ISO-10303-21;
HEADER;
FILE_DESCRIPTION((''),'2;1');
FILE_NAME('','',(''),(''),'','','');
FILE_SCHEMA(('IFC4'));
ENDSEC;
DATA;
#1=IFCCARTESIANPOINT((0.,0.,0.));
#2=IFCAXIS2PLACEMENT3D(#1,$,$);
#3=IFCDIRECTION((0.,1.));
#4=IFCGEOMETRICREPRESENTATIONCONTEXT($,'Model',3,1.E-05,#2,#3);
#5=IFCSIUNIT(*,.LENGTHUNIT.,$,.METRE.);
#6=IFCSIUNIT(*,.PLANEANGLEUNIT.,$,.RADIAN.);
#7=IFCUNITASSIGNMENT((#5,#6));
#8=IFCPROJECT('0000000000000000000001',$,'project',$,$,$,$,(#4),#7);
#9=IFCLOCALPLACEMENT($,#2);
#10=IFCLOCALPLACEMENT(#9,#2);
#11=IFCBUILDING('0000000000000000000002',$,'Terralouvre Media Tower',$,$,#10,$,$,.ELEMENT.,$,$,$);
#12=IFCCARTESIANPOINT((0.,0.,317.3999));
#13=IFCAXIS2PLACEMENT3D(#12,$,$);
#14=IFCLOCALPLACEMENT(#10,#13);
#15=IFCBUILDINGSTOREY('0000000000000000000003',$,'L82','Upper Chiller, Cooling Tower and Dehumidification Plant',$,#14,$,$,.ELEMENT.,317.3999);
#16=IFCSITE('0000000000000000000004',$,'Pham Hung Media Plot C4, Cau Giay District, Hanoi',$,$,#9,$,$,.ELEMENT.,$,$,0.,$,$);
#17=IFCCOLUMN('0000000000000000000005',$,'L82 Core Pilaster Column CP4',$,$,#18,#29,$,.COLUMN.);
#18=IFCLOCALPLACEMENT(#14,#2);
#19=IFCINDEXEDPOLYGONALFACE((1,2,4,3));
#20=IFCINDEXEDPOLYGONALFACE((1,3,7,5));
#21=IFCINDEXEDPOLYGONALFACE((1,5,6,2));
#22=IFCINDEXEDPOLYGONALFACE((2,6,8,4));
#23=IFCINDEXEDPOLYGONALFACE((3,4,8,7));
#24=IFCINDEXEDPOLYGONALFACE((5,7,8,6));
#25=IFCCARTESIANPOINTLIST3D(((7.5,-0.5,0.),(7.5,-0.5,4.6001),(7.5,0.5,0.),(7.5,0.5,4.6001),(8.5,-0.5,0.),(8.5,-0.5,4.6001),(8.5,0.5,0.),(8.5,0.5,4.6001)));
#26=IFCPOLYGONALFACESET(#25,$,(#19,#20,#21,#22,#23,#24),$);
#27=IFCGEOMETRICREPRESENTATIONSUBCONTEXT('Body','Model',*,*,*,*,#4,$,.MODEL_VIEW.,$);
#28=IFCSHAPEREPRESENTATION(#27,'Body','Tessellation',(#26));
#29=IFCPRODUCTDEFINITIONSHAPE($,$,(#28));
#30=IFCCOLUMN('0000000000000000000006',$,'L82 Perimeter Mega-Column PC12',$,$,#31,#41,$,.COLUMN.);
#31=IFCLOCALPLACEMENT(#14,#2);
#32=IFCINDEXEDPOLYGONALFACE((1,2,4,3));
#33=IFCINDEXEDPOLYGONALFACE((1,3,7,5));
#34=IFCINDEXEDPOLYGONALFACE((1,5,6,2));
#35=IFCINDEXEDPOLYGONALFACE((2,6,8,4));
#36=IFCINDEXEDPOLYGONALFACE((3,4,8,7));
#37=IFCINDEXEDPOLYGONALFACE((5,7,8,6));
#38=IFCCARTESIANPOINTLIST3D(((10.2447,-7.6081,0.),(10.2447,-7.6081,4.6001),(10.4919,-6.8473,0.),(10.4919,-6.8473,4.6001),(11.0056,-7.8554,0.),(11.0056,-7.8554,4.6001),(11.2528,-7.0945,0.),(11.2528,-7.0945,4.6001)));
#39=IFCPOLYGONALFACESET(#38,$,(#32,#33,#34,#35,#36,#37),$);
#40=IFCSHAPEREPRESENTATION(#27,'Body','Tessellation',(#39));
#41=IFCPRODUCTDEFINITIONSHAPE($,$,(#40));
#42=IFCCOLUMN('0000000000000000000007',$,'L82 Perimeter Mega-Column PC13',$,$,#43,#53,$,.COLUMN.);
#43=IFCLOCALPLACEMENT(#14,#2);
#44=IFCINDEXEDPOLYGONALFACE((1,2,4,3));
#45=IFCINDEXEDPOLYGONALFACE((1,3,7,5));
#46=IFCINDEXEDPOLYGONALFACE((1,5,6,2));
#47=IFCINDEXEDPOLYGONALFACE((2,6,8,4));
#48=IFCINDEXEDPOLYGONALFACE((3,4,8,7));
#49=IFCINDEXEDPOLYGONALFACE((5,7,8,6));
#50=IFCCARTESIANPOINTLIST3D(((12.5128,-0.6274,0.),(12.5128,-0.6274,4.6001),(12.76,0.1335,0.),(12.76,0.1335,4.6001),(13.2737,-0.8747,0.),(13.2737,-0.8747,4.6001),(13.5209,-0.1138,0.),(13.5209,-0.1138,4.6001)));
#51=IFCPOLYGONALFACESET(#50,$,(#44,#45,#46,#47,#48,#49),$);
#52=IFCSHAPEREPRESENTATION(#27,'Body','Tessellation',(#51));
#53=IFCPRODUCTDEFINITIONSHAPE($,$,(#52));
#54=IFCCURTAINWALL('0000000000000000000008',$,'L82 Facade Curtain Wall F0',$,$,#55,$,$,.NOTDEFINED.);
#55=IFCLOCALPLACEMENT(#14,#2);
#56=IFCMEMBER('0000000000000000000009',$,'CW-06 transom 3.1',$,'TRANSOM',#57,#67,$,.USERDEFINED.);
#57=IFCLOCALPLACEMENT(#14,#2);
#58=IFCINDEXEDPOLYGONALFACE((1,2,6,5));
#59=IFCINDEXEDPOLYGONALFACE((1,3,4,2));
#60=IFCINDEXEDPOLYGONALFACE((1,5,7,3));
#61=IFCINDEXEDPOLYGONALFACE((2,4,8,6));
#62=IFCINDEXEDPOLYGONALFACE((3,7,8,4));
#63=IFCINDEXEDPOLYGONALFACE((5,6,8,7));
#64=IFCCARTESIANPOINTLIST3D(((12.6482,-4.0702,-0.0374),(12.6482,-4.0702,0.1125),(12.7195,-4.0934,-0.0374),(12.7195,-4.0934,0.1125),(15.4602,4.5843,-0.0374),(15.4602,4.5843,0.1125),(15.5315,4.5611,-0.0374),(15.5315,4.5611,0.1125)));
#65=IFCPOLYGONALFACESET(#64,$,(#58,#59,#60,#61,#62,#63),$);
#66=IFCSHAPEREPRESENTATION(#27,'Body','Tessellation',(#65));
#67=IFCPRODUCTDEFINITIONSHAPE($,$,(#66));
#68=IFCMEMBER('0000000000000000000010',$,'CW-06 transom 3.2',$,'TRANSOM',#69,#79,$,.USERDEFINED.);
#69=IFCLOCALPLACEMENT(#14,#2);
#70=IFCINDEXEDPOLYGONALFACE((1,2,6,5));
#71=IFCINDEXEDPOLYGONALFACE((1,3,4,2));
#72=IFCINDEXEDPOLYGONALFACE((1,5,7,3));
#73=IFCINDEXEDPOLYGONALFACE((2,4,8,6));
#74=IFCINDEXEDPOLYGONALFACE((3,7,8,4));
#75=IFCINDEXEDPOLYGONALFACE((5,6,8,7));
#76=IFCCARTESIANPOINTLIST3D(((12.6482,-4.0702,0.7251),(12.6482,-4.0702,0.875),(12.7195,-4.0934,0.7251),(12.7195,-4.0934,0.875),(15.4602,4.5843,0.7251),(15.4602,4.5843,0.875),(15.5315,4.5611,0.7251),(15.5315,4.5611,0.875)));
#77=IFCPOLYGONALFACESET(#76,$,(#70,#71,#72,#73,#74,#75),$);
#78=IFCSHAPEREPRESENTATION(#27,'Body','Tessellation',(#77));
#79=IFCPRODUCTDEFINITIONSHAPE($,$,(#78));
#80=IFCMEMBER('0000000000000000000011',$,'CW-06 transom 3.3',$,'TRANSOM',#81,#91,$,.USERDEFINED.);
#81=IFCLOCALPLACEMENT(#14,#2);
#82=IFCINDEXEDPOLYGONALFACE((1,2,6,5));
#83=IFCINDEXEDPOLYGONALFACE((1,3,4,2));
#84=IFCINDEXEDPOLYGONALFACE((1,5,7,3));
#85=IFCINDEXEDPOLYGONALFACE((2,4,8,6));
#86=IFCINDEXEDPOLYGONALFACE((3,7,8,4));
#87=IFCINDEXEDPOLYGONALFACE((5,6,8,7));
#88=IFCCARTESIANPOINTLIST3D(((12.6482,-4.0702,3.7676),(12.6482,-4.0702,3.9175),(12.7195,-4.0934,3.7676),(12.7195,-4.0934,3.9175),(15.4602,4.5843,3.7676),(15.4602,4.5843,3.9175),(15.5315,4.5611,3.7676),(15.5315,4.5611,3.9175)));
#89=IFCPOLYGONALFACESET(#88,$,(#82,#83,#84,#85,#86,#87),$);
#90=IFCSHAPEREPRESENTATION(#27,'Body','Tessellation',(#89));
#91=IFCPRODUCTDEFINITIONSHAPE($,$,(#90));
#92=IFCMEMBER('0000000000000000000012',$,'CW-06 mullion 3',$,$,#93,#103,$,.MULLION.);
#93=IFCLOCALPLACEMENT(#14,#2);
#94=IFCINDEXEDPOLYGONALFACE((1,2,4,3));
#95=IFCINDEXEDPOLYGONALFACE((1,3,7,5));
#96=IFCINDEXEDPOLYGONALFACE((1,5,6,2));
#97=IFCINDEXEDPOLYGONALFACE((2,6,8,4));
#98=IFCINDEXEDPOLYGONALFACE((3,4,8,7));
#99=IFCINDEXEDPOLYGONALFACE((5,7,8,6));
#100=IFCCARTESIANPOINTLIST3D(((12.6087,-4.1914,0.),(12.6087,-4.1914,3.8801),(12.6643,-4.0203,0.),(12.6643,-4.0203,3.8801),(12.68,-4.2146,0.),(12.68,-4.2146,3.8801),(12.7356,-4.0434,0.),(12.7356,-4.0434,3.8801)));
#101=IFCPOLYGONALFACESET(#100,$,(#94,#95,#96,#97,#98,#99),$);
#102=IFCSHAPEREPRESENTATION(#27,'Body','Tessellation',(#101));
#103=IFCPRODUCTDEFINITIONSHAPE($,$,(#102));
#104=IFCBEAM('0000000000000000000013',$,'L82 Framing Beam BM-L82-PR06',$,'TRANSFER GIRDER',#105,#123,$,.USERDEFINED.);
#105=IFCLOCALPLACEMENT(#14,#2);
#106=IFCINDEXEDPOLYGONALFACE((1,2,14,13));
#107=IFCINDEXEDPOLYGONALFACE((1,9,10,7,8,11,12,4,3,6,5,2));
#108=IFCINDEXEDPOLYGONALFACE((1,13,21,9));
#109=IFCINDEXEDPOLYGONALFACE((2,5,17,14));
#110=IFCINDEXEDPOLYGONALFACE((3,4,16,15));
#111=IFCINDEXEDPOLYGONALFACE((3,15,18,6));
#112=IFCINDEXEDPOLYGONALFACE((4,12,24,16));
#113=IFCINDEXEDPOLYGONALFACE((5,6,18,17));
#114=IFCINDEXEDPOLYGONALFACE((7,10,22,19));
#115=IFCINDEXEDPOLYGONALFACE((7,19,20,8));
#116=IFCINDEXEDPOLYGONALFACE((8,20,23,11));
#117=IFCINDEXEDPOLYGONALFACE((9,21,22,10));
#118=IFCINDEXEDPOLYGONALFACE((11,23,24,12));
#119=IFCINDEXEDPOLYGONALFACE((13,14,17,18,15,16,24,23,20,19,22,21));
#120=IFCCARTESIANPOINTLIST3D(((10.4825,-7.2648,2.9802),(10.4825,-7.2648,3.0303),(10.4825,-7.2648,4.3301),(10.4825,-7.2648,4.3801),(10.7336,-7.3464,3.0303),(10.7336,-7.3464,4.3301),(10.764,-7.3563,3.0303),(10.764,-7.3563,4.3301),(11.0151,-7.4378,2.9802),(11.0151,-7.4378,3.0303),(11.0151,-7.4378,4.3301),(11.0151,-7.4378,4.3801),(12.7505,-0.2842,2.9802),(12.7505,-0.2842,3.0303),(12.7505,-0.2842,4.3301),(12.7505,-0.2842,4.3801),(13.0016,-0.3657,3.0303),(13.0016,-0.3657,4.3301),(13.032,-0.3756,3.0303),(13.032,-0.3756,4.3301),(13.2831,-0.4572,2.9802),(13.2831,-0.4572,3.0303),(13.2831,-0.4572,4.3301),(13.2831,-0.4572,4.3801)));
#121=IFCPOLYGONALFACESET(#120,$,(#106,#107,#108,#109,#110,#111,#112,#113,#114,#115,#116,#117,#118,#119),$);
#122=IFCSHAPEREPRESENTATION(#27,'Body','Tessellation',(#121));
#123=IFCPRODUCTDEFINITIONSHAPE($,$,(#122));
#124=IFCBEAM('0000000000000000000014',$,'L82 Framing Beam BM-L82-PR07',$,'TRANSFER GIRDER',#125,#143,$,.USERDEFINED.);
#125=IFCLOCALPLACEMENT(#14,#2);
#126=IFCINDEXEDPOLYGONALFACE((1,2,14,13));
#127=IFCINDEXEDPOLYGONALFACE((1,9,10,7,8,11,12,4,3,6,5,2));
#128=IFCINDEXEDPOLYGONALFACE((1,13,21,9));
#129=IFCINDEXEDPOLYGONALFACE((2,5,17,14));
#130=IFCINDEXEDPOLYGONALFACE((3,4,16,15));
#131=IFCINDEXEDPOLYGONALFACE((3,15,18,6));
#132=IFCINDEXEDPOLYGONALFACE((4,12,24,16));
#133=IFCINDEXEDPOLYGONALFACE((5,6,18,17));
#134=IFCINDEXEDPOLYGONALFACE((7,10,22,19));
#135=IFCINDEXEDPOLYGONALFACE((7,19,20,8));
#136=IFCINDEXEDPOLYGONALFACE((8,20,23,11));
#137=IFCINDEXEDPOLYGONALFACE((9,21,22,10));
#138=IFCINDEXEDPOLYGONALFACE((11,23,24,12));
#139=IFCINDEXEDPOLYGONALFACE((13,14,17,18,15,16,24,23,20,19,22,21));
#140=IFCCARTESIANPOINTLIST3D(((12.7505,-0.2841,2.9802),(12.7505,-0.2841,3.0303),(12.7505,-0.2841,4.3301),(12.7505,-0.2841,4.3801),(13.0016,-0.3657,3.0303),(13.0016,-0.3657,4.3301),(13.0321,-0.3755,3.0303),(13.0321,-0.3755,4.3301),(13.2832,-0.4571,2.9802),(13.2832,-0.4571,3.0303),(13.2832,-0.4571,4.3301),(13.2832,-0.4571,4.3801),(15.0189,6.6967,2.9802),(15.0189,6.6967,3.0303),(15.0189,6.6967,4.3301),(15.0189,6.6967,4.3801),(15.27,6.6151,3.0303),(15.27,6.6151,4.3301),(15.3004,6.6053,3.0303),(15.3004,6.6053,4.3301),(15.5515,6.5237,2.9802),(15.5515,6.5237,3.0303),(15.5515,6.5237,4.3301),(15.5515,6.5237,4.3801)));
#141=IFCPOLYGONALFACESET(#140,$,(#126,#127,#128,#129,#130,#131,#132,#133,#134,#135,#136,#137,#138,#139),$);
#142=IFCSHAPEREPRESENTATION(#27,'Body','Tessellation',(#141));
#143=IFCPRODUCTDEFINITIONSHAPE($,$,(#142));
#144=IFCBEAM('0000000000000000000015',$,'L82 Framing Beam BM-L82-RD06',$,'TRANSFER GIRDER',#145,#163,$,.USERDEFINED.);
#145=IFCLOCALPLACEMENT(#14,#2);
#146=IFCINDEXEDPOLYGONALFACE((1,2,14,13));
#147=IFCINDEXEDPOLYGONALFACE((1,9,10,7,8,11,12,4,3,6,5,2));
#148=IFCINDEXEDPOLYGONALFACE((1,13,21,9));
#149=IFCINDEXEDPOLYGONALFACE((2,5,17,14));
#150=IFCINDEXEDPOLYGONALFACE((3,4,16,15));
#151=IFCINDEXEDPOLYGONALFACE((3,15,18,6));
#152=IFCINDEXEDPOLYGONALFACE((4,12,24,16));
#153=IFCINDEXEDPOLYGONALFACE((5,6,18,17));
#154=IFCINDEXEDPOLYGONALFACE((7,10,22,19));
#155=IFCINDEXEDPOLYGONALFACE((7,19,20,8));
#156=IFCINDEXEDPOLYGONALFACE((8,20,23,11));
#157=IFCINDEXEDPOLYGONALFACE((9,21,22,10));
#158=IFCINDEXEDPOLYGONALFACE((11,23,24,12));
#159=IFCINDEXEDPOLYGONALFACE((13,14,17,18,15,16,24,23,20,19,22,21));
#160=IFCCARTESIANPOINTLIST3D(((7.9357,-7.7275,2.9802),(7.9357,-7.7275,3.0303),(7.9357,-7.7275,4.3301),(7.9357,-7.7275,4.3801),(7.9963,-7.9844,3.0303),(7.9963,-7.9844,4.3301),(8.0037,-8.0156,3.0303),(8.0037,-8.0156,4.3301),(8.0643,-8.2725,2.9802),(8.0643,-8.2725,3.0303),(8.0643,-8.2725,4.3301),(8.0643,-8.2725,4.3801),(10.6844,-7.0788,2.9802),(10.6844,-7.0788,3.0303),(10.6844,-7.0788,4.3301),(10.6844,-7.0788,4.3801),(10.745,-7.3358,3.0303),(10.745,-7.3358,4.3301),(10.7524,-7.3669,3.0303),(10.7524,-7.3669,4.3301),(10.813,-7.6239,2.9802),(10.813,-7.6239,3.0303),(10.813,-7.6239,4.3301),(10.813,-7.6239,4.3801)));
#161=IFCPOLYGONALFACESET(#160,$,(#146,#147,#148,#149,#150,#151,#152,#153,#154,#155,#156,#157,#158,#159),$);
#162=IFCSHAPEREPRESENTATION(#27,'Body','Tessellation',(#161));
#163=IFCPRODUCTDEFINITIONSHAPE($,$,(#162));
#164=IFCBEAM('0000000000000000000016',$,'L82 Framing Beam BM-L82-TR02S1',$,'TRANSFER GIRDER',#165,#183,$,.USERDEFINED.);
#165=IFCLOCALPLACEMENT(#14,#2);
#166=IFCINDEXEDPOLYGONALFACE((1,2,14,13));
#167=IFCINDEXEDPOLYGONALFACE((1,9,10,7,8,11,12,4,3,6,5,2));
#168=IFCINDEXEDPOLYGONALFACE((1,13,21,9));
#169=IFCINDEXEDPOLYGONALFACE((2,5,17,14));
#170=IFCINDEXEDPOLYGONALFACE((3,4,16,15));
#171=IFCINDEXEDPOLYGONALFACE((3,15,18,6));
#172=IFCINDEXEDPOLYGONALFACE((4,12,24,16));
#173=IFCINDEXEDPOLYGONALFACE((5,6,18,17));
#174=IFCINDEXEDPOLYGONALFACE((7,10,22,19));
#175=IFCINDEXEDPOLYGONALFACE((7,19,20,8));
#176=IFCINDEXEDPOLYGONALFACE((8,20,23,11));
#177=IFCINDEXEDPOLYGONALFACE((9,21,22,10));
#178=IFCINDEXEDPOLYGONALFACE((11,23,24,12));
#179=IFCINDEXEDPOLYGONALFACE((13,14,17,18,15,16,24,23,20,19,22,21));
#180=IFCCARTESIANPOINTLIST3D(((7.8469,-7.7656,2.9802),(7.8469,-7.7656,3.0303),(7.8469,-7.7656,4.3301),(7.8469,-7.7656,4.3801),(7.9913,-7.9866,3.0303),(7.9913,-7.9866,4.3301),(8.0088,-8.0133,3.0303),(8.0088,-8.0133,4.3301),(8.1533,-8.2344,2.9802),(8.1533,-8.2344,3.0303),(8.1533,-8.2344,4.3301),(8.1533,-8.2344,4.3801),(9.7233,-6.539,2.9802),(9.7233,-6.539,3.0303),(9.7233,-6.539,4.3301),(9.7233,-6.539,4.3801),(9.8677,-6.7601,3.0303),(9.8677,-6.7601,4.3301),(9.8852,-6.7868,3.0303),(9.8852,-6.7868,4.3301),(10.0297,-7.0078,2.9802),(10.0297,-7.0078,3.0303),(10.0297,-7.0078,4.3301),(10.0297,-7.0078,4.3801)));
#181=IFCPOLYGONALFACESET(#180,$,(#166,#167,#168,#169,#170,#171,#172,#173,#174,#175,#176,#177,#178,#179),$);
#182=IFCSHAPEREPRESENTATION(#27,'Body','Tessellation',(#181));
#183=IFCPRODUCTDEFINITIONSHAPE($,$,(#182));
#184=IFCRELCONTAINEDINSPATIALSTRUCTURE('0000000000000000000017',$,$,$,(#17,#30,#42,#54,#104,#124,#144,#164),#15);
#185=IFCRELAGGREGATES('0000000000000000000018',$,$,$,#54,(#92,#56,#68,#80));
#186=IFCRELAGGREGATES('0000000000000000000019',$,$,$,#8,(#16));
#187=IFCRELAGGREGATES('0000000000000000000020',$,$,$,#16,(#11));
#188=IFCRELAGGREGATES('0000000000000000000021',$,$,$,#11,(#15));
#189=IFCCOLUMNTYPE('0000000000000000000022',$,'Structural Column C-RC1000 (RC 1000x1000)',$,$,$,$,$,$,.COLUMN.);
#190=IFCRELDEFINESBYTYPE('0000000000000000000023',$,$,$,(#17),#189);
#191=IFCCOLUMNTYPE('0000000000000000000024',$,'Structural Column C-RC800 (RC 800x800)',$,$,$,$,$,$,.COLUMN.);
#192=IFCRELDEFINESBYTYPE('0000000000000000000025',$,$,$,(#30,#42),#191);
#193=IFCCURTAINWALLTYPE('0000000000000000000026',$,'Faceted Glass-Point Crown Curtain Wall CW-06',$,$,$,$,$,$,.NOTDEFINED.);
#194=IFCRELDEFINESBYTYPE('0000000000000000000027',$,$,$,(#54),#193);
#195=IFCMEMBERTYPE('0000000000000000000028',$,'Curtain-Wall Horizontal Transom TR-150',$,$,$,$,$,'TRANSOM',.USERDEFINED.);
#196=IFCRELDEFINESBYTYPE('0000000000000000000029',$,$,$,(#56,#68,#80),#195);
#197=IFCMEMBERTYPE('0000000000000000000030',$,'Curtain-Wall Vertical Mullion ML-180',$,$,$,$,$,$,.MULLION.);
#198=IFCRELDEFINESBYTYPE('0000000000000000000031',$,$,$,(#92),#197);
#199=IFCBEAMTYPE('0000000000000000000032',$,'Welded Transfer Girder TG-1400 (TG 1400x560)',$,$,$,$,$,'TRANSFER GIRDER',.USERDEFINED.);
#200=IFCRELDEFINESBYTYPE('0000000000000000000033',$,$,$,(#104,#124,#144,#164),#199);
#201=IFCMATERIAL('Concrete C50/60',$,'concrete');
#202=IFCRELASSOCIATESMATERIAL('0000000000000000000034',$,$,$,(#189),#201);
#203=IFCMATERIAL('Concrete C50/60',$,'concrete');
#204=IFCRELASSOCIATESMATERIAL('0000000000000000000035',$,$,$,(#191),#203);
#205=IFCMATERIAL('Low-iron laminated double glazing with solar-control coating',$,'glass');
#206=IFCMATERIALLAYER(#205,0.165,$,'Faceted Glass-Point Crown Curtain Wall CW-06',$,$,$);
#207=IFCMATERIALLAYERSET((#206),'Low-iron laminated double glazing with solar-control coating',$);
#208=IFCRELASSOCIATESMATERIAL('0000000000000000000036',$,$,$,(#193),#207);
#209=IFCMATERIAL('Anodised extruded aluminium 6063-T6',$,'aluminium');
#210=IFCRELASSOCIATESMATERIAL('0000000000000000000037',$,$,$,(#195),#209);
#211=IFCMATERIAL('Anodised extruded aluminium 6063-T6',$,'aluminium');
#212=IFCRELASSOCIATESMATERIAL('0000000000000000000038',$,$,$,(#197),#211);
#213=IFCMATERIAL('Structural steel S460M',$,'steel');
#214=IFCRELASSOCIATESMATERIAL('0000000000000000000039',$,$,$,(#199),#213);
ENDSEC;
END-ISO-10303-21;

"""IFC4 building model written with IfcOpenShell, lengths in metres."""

from ifc_helpers import new_model, si_unit, direction, frame, origin, origin_2d, place, context, subcontext, project, spatial, rectangle, i_section, extrude, material, layer, layer_set, material_profile, profile_set, type_object, element, aggregate, save


model = new_model("IFC4")

# Units and contexts
model_context = context("Model", 3, precision=1e-05, world=origin(), true_north=direction((0.0, 1.0)))
body_context = subcontext(model_context, "Body", "Model", "MODEL_VIEW")
ifc_project = project(units=[si_unit("LENGTHUNIT", "METRE"), si_unit("PLANEANGLEUNIT", "RADIAN")], contexts=[model_context])

# Site, building, storey
site_placement = place(None, origin())
site = spatial("IfcSite", under=ifc_project, at=site_placement, Name="Pham Hung Media Plot C4, Cau Giay District, Hanoi", CompositionType="ELEMENT", RefElevation=0.0)
building_placement = place(site_placement, origin())
building = spatial("IfcBuilding", under=site, at=building_placement, Name="Terralouvre Media Tower", CompositionType="ELEMENT")
storey_placement = place(building_placement, frame((0.0, 0.0, 317.3999)))
storey = spatial("IfcBuildingStorey", under=building, at=storey_placement, Name="L82", Description="Upper Chiller, Cooling Tower and Dehumidification Plant", CompositionType="ELEMENT", Elevation=317.3999)

# Columns
ifc_material_1 = material(Name="Concrete C50/60", Category="concrete")
ifc_material_profile_1 = material_profile(ifc_material_1, rectangle(XDim=1.0, YDim=1.0, at=origin_2d()), Name="RC 1000x1000")
ifc_profile_set_1 = profile_set([ifc_material_profile_1], Name="Concrete C50/60")
column_type_1 = type_object("IfcColumnType", Name="Structural Column C-RC1000 (RC 1000x1000)", PredefinedType="COLUMN", material=ifc_profile_set_1)
column_placement = place(storey_placement, frame((8.0, 0.0, 0.0), z_axis=(0.0, 0.0, 1.0), x_axis=(1.0, 0.0, 0.0)))
element("IfcColumn", 1, at=column_placement, inside=storey, type_object=column_type_1, Name="L82 Core Pilaster Column CP4", PredefinedType="COLUMN", context=body_context, shape_type="SweptSolid", body=[
    extrude(rectangle(XDim=1.0, YDim=1.0, at=origin_2d()), origin(), (0.0, 0.0, 1.0), 4.6001),
])
ifc_material_2 = material(Name="Concrete C50/60", Category="concrete")
ifc_material_profile_2 = material_profile(ifc_material_2, rectangle(XDim=0.8, YDim=0.8, at=origin_2d()), Name="RC 800x800")
ifc_profile_set_2 = profile_set([ifc_material_profile_2], Name="Concrete C50/60")
column_type_2 = type_object("IfcColumnType", Name="Structural Column C-RC800 (RC 800x800)", PredefinedType="COLUMN", material=ifc_profile_set_2)
for number, where, z_axis, x_axis, name in (
    (2, (10.7488, -7.3513, 0.0), (0.0, 0.0, 1.0), (0.309017, 0.951057, 0.0), "L82 Perimeter Mega-Column PC12"),
    (3, (13.0168, -0.3706, 0.0), (0.0, 0.0, 1.0), (0.309017, 0.951057, 0.0), "L82 Perimeter Mega-Column PC13"),
):
    element("IfcColumn", number, at=place(storey_placement, frame(where, z_axis=z_axis, x_axis=x_axis)), inside=storey, type_object=column_type_2, Name=name, PredefinedType="COLUMN", context=body_context, shape_type="SweptSolid", body=[
        extrude(rectangle(XDim=0.8, YDim=0.8, at=origin_2d()), origin(), (0.0, 0.0, 1.0), 4.6001),
    ])

# Curtain wall, members
ifc_material_3 = material(Name="Low-iron laminated double glazing with solar-control coating", Category="glass")
ifc_layer_1 = layer(ifc_material_3, 0.165, Name="Faceted Glass-Point Crown Curtain Wall CW-06")
ifc_layer_set_1 = layer_set([ifc_layer_1], Name="Low-iron laminated double glazing with solar-control coating")
curtain_wall_type = type_object("IfcCurtainWallType", Name="Faceted Glass-Point Crown Curtain Wall CW-06", PredefinedType="NOTDEFINED", material=ifc_layer_set_1)
curtain_wall_placement = place(storey_placement, origin())
curtain_wall = element("IfcCurtainWall", 4, at=curtain_wall_placement, inside=storey, type_object=curtain_wall_type, Name="L82 Facade Curtain Wall F0", PredefinedType="NOTDEFINED")
ifc_material_4 = material(Name="Anodised extruded aluminium 6063-T6", Category="aluminium")
ifc_material_profile_3 = material_profile(ifc_material_4, rectangle(XDim=0.075, YDim=0.1499, at=origin_2d()), Name="ALU 75x150")
ifc_profile_set_3 = profile_set([ifc_material_profile_3], Name="Anodised extruded aluminium 6063-T6")
member_type_1 = type_object("IfcMemberType", Name="Curtain-Wall Horizontal Transom TR-150", ElementType="TRANSOM", PredefinedType="USERDEFINED", material=ifc_profile_set_3)
member_1_placement = place(storey_placement, frame((12.6838, -4.0818, 0.0376), z_axis=(0.309015, 0.951057, 0.0), x_axis=(-0.951057, 0.309015, 0.0)))
member_1 = element("IfcMember", 5, at=member_1_placement, type_object=member_type_1, Name="CW-06 transom 3.1", ObjectType="TRANSOM", PredefinedType="USERDEFINED", context=body_context, shape_type="SweptSolid", body=[
    extrude(rectangle(XDim=0.075, YDim=0.1499, at=origin_2d()), origin(), (0.0, 0.0, 1.0), 9.0999),
])
member_2_placement = place(storey_placement, frame((12.6838, -4.0818, 0.8), z_axis=(0.309015, 0.951057, 0.0), x_axis=(-0.951057, 0.309015, 0.0)))
member_2 = element("IfcMember", 6, at=member_2_placement, type_object=member_type_1, Name="CW-06 transom 3.2", ObjectType="TRANSOM", PredefinedType="USERDEFINED", context=body_context, shape_type="SweptSolid", body=[
    extrude(rectangle(XDim=0.075, YDim=0.1499, at=origin_2d()), origin(), (0.0, 0.0, 1.0), 9.0999),
])
member_3_placement = place(storey_placement, frame((12.6838, -4.0818, 3.8425), z_axis=(0.309015, 0.951057, 0.0), x_axis=(-0.951057, 0.309015, 0.0)))
member_3 = element("IfcMember", 7, at=member_3_placement, type_object=member_type_1, Name="CW-06 transom 3.3", ObjectType="TRANSOM", PredefinedType="USERDEFINED", context=body_context, shape_type="SweptSolid", body=[
    extrude(rectangle(XDim=0.075, YDim=0.1499, at=origin_2d()), origin(), (0.0, 0.0, 1.0), 9.0999),
])
ifc_material_5 = material(Name="Anodised extruded aluminium 6063-T6", Category="aluminium")
ifc_material_profile_4 = material_profile(ifc_material_5, rectangle(XDim=0.075, YDim=0.1799, at=origin_2d()), Name="ALU 75x180")
ifc_profile_set_4 = profile_set([ifc_material_profile_4], Name="Anodised extruded aluminium 6063-T6")
member_type_2 = type_object("IfcMemberType", Name="Curtain-Wall Vertical Mullion ML-180", PredefinedType="MULLION", material=ifc_profile_set_4)
member_4_placement = place(storey_placement, frame((12.6721, -4.1174, 0.0), z_axis=(0.0, 0.0, 1.0), x_axis=(-0.951056, 0.309017, 0.0)))
member_4 = element("IfcMember", 8, at=member_4_placement, type_object=member_type_2, Name="CW-06 mullion 3", PredefinedType="MULLION", context=body_context, shape_type="SweptSolid", body=[
    extrude(rectangle(XDim=0.075, YDim=0.1799, at=origin_2d()), origin(), (0.0, 0.0, 1.0), 3.8801),
])
aggregate(curtain_wall, [member_4, member_1, member_2, member_3])

# Beams
ifc_material_6 = material(Name="Structural steel S460M", Category="steel")
ifc_material_profile_5 = material_profile(ifc_material_6, i_section(OverallWidth=0.5601, OverallDepth=1.3999, WebThickness=0.032, FlangeThickness=0.05, at=origin_2d()), Name="TG 1400x560")
ifc_profile_set_5 = profile_set([ifc_material_profile_5], Name="Structural steel S460M")
beam_type = type_object("IfcBeamType", Name="Welded Transfer Girder TG-1400 (TG 1400x560)", ElementType="TRANSFER GIRDER", PredefinedType="USERDEFINED", material=ifc_profile_set_5)
beam_1_placement = place(storey_placement, frame((10.7488, -7.3513, 3.6802), z_axis=(0.309004, 0.951061, 0.0), x_axis=(-0.951061, 0.309004, 0.0)))
element("IfcBeam", 9, at=beam_1_placement, inside=storey, type_object=beam_type, Name="L82 Framing Beam BM-L82-PR06", ObjectType="TRANSFER GIRDER", PredefinedType="USERDEFINED", context=body_context, shape_type="SweptSolid", body=[
    extrude(i_section(OverallWidth=0.5601, OverallDepth=1.3999, WebThickness=0.032, FlangeThickness=0.05, at=origin_2d()), origin(), (0.0, 0.0, 1.0), 7.3398),
])
beam_2_placement = place(storey_placement, frame((13.0168, -0.3706, 3.6802), z_axis=(0.309034, 0.951051, 0.0), x_axis=(-0.951051, 0.309034, 0.0)))
element("IfcBeam", 10, at=beam_2_placement, inside=storey, type_object=beam_type, Name="L82 Framing Beam BM-L82-PR07", ObjectType="TRANSFER GIRDER", PredefinedType="USERDEFINED", context=body_context, shape_type="SweptSolid", body=[
    extrude(i_section(OverallWidth=0.5601, OverallDepth=1.3999, WebThickness=0.032, FlangeThickness=0.05, at=origin_2d()), origin(), (0.0, 0.0, 1.0), 7.3401),
])
beam_3_placement = place(storey_placement, frame((8.0, -8.0, 3.6802), z_axis=(0.973266, 0.22968, 0.0), x_axis=(-0.22968, 0.973266, 0.0)))
element("IfcBeam", 11, at=beam_3_placement, inside=storey, type_object=beam_type, Name="L82 Framing Beam BM-L82-RD06", ObjectType="TRANSFER GIRDER", PredefinedType="USERDEFINED", context=body_context, shape_type="SweptSolid", body=[
    extrude(i_section(OverallWidth=0.5601, OverallDepth=1.3999, WebThickness=0.032, FlangeThickness=0.05, at=origin_2d()), origin(), (0.0, 0.0, 1.0), 2.8242),
])
beam_4_placement = place(storey_placement, frame((9.8765, -6.7734, 3.6802), z_axis=(-0.837043, -0.547138, 0.0), x_axis=(0.547138, -0.837043, 0.0)))
element("IfcBeam", 12, at=beam_4_placement, inside=storey, type_object=beam_type, Name="L82 Framing Beam BM-L82-TR02S1", ObjectType="TRANSFER GIRDER", PredefinedType="USERDEFINED", context=body_context, shape_type="SweptSolid", body=[
    extrude(i_section(OverallWidth=0.5601, OverallDepth=1.3999, WebThickness=0.032, FlangeThickness=0.05, at=origin_2d()), origin(), (0.0, 0.0, 1.0), 2.2417),
])

save(model, "model.ifc")
